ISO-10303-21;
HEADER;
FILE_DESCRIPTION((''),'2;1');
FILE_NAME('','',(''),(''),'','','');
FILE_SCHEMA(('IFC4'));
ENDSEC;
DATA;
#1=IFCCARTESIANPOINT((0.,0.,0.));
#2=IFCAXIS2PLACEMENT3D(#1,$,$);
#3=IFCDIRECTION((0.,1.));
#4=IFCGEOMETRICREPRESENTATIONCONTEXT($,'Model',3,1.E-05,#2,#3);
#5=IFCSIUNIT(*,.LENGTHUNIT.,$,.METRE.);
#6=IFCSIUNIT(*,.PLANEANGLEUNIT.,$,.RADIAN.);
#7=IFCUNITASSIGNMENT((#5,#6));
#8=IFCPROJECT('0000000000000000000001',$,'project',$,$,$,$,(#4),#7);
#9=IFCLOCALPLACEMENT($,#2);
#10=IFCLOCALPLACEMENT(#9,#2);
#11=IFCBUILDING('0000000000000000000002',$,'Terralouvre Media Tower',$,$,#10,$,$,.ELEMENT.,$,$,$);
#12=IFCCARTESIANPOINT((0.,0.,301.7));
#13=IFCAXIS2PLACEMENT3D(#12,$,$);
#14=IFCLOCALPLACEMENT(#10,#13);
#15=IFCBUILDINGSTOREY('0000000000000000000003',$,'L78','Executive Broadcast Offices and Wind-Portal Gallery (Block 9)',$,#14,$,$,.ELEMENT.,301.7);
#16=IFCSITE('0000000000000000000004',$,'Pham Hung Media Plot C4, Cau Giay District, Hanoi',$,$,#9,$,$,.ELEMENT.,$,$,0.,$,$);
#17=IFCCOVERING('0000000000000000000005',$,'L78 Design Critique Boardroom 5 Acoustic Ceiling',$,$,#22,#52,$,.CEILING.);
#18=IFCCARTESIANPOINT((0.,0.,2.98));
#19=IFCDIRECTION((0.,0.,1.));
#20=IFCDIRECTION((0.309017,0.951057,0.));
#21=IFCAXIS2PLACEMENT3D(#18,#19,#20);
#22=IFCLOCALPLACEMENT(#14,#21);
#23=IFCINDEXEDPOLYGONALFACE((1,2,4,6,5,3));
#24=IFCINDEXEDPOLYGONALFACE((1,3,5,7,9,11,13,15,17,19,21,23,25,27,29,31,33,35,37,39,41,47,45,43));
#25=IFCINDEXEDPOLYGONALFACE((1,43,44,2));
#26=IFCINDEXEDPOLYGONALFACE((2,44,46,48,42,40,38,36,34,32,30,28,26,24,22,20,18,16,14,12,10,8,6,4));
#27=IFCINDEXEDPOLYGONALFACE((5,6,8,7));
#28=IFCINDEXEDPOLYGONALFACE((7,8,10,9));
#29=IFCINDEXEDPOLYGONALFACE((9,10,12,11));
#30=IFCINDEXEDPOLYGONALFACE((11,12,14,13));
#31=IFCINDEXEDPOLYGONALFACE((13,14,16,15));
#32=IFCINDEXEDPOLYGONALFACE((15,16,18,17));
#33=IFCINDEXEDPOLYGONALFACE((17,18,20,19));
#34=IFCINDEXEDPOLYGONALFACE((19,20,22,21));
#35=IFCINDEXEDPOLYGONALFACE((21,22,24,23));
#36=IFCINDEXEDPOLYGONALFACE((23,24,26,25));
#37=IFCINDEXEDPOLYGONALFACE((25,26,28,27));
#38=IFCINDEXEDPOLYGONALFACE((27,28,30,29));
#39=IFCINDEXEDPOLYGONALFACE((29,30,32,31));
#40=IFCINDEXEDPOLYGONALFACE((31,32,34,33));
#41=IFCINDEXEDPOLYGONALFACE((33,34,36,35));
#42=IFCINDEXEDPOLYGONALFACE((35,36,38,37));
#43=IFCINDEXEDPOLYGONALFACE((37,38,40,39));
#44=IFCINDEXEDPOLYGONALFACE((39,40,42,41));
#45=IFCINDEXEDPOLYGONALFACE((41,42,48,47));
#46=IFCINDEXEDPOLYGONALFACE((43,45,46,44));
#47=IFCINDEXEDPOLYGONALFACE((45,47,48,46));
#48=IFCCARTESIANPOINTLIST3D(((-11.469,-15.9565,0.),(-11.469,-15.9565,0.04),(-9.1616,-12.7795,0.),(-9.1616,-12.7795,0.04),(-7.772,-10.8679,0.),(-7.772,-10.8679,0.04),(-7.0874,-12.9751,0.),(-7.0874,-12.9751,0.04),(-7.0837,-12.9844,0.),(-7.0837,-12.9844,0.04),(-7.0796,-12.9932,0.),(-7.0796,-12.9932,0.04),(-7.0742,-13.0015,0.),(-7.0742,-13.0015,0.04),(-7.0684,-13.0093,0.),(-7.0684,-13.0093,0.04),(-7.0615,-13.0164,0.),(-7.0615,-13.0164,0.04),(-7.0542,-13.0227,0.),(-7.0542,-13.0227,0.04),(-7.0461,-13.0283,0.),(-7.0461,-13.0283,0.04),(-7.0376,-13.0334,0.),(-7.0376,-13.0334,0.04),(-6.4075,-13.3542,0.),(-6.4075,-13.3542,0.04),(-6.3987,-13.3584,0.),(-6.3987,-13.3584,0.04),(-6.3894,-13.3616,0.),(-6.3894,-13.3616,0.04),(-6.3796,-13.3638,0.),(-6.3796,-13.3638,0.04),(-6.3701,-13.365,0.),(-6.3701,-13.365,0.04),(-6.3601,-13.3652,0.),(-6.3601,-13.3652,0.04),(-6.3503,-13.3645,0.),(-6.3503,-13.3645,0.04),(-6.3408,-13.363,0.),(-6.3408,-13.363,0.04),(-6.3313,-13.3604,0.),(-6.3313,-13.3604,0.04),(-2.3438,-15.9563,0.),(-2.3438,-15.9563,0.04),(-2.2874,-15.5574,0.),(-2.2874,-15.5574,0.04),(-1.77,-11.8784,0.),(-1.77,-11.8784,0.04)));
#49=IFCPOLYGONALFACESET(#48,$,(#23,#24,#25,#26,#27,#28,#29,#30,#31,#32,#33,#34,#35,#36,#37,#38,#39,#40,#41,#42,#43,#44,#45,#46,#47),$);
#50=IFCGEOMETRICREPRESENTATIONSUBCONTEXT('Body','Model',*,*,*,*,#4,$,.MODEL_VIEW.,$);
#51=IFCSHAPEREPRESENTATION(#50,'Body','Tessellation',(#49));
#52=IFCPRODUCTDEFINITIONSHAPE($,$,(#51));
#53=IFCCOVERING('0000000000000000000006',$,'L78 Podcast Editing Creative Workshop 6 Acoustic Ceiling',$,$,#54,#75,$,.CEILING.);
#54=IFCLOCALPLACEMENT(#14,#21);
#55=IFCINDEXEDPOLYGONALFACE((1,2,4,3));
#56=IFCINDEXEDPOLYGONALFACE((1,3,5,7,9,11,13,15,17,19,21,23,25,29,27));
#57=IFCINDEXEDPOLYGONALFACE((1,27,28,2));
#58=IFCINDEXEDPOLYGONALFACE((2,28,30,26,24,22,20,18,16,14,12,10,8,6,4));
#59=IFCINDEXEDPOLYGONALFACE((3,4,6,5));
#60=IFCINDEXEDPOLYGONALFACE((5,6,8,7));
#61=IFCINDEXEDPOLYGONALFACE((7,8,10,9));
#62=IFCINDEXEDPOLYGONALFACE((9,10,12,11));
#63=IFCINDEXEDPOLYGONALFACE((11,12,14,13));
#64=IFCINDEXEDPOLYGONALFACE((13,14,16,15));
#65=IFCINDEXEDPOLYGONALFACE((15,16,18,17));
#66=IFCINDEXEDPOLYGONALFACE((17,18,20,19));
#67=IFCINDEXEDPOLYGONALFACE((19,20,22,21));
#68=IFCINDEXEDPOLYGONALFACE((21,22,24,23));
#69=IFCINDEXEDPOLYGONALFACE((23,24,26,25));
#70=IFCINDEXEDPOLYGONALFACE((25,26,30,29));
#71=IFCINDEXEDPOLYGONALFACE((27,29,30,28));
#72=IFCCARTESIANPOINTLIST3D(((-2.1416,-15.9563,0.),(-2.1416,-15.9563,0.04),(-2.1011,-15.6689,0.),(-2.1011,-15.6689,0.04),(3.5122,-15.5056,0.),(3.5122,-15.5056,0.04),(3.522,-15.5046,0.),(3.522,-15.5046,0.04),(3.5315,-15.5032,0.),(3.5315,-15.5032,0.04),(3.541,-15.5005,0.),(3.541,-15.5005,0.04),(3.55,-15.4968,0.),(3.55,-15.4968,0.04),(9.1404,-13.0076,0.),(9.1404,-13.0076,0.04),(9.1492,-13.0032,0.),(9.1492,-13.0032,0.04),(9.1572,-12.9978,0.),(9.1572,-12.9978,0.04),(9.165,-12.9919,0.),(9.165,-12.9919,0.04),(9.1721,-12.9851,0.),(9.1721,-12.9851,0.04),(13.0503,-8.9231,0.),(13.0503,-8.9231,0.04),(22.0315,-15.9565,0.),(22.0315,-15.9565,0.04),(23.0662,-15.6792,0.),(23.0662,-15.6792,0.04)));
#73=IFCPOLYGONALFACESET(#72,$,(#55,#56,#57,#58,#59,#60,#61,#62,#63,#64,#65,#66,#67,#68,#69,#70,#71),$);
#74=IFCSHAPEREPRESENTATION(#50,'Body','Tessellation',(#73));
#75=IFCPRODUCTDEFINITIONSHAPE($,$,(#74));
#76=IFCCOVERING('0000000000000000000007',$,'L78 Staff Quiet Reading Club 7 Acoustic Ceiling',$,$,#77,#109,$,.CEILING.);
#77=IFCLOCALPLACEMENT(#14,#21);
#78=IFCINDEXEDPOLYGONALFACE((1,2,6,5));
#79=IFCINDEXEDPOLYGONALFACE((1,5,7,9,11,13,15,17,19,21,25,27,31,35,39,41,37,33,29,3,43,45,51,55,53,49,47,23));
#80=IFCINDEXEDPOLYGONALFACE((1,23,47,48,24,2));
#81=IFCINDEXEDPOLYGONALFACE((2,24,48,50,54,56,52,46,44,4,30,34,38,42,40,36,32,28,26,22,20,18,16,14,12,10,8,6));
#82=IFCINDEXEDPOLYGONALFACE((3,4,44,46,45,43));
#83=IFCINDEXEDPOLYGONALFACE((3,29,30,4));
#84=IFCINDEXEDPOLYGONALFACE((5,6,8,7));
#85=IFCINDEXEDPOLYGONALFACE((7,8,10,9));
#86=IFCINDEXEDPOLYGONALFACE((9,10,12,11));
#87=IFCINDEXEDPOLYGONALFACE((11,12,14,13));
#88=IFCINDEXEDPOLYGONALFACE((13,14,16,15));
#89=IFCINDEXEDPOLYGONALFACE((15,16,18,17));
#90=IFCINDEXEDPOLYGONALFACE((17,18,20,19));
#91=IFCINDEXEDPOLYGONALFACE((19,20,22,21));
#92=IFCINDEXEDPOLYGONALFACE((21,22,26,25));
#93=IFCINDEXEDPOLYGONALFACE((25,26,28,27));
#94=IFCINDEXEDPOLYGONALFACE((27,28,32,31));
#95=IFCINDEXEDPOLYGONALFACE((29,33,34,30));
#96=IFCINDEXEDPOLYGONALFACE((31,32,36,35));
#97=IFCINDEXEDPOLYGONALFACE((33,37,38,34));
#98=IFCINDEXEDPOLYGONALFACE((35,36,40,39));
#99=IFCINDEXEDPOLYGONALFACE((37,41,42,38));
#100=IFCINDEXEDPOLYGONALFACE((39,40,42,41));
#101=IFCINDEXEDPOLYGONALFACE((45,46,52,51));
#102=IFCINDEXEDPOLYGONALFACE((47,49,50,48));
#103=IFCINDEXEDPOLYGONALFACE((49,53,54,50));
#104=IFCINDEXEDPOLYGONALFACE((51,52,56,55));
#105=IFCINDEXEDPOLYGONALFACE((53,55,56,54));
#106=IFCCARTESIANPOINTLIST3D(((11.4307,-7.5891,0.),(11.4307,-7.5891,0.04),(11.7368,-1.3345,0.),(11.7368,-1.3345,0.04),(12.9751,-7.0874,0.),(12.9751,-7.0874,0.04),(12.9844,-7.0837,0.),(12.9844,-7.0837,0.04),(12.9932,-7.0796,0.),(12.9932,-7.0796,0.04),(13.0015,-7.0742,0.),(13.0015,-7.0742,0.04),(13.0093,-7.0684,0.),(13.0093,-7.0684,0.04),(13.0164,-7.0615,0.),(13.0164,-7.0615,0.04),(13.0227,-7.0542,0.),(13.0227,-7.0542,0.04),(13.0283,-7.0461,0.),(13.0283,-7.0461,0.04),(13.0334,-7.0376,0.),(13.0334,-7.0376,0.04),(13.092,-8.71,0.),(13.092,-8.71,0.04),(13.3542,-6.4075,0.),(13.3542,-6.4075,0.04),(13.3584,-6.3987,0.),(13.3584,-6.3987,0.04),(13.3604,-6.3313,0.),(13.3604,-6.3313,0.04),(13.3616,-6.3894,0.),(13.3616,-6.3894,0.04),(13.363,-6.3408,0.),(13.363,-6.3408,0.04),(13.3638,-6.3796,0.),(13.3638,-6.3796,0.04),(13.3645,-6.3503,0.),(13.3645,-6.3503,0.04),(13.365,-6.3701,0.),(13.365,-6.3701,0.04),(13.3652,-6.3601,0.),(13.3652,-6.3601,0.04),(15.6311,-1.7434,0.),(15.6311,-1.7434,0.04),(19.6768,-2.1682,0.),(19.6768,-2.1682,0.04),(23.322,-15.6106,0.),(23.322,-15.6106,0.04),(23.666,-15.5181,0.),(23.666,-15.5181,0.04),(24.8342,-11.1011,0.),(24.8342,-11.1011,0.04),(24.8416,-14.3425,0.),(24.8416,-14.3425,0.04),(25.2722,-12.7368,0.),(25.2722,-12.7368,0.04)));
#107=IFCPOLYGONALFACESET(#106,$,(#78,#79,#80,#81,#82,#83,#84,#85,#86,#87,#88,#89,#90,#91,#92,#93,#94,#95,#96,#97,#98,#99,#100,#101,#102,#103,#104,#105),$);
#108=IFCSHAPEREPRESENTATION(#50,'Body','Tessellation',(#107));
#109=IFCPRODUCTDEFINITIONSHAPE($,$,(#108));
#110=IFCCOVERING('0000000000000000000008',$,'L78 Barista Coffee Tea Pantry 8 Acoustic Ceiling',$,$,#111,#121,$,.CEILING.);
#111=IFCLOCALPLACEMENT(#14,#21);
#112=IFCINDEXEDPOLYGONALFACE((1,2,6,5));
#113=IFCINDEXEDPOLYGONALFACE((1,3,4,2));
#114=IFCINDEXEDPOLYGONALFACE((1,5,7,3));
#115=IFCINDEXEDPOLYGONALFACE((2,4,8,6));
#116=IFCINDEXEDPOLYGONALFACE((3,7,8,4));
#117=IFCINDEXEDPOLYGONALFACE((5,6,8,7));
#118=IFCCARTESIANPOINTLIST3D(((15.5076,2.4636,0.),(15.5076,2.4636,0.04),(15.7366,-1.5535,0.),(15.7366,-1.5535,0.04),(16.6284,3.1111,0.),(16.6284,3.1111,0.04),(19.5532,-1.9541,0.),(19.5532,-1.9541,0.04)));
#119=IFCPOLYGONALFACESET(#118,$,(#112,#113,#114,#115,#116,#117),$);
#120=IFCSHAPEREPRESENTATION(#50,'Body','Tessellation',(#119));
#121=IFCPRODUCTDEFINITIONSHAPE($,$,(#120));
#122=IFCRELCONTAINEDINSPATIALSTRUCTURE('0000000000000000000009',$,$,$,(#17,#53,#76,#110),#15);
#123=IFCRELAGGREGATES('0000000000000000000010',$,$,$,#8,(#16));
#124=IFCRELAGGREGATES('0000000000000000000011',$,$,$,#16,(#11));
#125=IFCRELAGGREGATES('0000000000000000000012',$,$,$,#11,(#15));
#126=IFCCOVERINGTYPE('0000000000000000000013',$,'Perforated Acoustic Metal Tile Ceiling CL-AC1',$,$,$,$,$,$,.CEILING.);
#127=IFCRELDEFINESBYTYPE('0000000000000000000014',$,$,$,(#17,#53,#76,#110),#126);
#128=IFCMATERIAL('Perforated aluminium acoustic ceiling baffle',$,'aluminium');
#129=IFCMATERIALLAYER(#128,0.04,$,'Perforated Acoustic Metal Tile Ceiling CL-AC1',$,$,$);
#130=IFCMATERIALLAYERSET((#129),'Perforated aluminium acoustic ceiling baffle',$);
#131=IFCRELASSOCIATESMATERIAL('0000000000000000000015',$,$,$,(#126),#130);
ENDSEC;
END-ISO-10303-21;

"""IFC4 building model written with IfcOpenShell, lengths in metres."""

from ifc_helpers import new_model, si_unit, direction, frame, origin, place, context, subcontext, project, spatial, polyline, outline, extrude, material, layer, layer_set, type_object, element, save


model = new_model("IFC4")

# Units and contexts
model_context = context("Model", 3, precision=1e-05, world=origin(), true_north=direction((0.0, 1.0)))
body_context = subcontext(model_context, "Body", "Model", "MODEL_VIEW")
ifc_project = project(units=[si_unit("LENGTHUNIT", "METRE"), si_unit("PLANEANGLEUNIT", "RADIAN")], contexts=[model_context])

# Site, building, storey
site_placement = place(None, origin())
site = spatial("IfcSite", under=ifc_project, at=site_placement, Name="Pham Hung Media Plot C4, Cau Giay District, Hanoi", CompositionType="ELEMENT", RefElevation=0.0)
building_placement = place(site_placement, origin())
building = spatial("IfcBuilding", under=site, at=building_placement, Name="Terralouvre Media Tower", CompositionType="ELEMENT")
storey_placement = place(building_placement, frame((0.0, 0.0, 301.7)))
storey = spatial("IfcBuildingStorey", under=building, at=storey_placement, Name="L78", Description="Executive Broadcast Offices and Wind-Portal Gallery (Block 9)", CompositionType="ELEMENT", Elevation=301.7)

# Coverings
ifc_material_1 = material(Name="Perforated aluminium acoustic ceiling baffle", Category="aluminium")
ifc_layer_1 = layer(ifc_material_1, 0.04, Name="Perforated Acoustic Metal Tile Ceiling CL-AC1")
ifc_layer_set_1 = layer_set([ifc_layer_1], Name="Perforated aluminium acoustic ceiling baffle")
covering_type_1 = type_object("IfcCoveringType", Name="Perforated Acoustic Metal Tile Ceiling CL-AC1", PredefinedType="CEILING", material=ifc_layer_set_1)
covering_1_placement = place(storey_placement, frame((0.0, 0.0, 2.98), z_axis=(0.0, 0.0, 1.0), x_axis=(0.309017, 0.951057, 0.0)))
element("IfcCovering", 1, at=covering_1_placement, inside=storey, type_object=covering_type_1, Name="L78 Design Critique Boardroom 5 Acoustic Ceiling", PredefinedType="CEILING", context=body_context, shape_type="SweptSolid", body=[
    extrude(outline(polyline([(-1.77, -11.8784), (-6.3313, -13.3604), (-6.3408, -13.363), (-6.3503, -13.3645), (-6.3601, -13.3652), (-6.3701, -13.365), (-6.3796, -13.3638), (-6.3894, -13.3616), (-6.3987, -13.3584), (-6.4075, -13.3542), (-7.0376, -13.0334), (-7.0461, -13.0283), (-7.0542, -13.0227), (-7.0615, -13.0164), (-7.0684, -13.0093), (-7.0742, -13.0015), (-7.0796, -12.9932), (-7.0837, -12.9844), (-7.0874, -12.9751), (-7.772, -10.8679), (-9.1616, -12.7795), (-11.469, -15.9565), (-2.3438, -15.9563), (-2.2874, -15.5574), (-1.77, -11.8784)])), origin(), (0.0, 0.0, 1.0), 0.04),
])
covering_2_placement = place(storey_placement, frame((0.0, 0.0, 2.98), z_axis=(0.0, 0.0, 1.0), x_axis=(0.309017, 0.951057, 0.0)))
element("IfcCovering", 2, at=covering_2_placement, inside=storey, type_object=covering_type_1, Name="L78 Podcast Editing Creative Workshop 6 Acoustic Ceiling", PredefinedType="CEILING", context=body_context, shape_type="SweptSolid", body=[
    extrude(outline(polyline([(9.1721, -12.9851), (9.165, -12.9919), (9.1572, -12.9978), (9.1492, -13.0032), (9.1404, -13.0076), (3.55, -15.4968), (3.541, -15.5005), (3.5315, -15.5032), (3.522, -15.5046), (3.5122, -15.5056), (-2.1011, -15.6689), (-2.1416, -15.9563), (22.0315, -15.9565), (23.0662, -15.6792), (13.0503, -8.9231), (9.1721, -12.9851)])), origin(), (0.0, 0.0, 1.0), 0.04),
])
covering_3_placement = place(storey_placement, frame((0.0, 0.0, 2.98), z_axis=(0.0, 0.0, 1.0), x_axis=(0.309017, 0.951057, 0.0)))
element("IfcCovering", 3, at=covering_3_placement, inside=storey, type_object=covering_type_1, Name="L78 Staff Quiet Reading Club 7 Acoustic Ceiling", PredefinedType="CEILING", context=body_context, shape_type="SweptSolid", body=[
    extrude(outline(polyline([(19.6768, -2.1682), (15.6311, -1.7434), (11.7368, -1.3345), (13.3604, -6.3313), (13.363, -6.3408), (13.3645, -6.3503), (13.3652, -6.3601), (13.365, -6.3701), (13.3638, -6.3796), (13.3616, -6.3894), (13.3584, -6.3987), (13.3542, -6.4075), (13.0334, -7.0376), (13.0283, -7.0461), (13.0227, -7.0542), (13.0164, -7.0615), (13.0093, -7.0684), (13.0015, -7.0742), (12.9932, -7.0796), (12.9844, -7.0837), (12.9751, -7.0874), (11.4307, -7.5891), (13.092, -8.71), (23.322, -15.6106), (23.666, -15.5181), (24.8416, -14.3425), (25.2722, -12.7368), (24.8342, -11.1011), (19.6768, -2.1682)])), origin(), (0.0, 0.0, 1.0), 0.04),
])
covering_4_placement = place(storey_placement, frame((0.0, 0.0, 2.98), z_axis=(0.0, 0.0, 1.0), x_axis=(0.309017, 0.951057, 0.0)))
element("IfcCovering", 4, at=covering_4_placement, inside=storey, type_object=covering_type_1, Name="L78 Barista Coffee Tea Pantry 8 Acoustic Ceiling", PredefinedType="CEILING", context=body_context, shape_type="SweptSolid", body=[
    extrude(outline(polyline([(19.5532, -1.9541), (16.6284, 3.1111), (15.5076, 2.4636), (15.7366, -1.5535), (19.5532, -1.9541)])), origin(), (0.0, 0.0, 1.0), 0.04),
])

save(model, "model.ifc")
